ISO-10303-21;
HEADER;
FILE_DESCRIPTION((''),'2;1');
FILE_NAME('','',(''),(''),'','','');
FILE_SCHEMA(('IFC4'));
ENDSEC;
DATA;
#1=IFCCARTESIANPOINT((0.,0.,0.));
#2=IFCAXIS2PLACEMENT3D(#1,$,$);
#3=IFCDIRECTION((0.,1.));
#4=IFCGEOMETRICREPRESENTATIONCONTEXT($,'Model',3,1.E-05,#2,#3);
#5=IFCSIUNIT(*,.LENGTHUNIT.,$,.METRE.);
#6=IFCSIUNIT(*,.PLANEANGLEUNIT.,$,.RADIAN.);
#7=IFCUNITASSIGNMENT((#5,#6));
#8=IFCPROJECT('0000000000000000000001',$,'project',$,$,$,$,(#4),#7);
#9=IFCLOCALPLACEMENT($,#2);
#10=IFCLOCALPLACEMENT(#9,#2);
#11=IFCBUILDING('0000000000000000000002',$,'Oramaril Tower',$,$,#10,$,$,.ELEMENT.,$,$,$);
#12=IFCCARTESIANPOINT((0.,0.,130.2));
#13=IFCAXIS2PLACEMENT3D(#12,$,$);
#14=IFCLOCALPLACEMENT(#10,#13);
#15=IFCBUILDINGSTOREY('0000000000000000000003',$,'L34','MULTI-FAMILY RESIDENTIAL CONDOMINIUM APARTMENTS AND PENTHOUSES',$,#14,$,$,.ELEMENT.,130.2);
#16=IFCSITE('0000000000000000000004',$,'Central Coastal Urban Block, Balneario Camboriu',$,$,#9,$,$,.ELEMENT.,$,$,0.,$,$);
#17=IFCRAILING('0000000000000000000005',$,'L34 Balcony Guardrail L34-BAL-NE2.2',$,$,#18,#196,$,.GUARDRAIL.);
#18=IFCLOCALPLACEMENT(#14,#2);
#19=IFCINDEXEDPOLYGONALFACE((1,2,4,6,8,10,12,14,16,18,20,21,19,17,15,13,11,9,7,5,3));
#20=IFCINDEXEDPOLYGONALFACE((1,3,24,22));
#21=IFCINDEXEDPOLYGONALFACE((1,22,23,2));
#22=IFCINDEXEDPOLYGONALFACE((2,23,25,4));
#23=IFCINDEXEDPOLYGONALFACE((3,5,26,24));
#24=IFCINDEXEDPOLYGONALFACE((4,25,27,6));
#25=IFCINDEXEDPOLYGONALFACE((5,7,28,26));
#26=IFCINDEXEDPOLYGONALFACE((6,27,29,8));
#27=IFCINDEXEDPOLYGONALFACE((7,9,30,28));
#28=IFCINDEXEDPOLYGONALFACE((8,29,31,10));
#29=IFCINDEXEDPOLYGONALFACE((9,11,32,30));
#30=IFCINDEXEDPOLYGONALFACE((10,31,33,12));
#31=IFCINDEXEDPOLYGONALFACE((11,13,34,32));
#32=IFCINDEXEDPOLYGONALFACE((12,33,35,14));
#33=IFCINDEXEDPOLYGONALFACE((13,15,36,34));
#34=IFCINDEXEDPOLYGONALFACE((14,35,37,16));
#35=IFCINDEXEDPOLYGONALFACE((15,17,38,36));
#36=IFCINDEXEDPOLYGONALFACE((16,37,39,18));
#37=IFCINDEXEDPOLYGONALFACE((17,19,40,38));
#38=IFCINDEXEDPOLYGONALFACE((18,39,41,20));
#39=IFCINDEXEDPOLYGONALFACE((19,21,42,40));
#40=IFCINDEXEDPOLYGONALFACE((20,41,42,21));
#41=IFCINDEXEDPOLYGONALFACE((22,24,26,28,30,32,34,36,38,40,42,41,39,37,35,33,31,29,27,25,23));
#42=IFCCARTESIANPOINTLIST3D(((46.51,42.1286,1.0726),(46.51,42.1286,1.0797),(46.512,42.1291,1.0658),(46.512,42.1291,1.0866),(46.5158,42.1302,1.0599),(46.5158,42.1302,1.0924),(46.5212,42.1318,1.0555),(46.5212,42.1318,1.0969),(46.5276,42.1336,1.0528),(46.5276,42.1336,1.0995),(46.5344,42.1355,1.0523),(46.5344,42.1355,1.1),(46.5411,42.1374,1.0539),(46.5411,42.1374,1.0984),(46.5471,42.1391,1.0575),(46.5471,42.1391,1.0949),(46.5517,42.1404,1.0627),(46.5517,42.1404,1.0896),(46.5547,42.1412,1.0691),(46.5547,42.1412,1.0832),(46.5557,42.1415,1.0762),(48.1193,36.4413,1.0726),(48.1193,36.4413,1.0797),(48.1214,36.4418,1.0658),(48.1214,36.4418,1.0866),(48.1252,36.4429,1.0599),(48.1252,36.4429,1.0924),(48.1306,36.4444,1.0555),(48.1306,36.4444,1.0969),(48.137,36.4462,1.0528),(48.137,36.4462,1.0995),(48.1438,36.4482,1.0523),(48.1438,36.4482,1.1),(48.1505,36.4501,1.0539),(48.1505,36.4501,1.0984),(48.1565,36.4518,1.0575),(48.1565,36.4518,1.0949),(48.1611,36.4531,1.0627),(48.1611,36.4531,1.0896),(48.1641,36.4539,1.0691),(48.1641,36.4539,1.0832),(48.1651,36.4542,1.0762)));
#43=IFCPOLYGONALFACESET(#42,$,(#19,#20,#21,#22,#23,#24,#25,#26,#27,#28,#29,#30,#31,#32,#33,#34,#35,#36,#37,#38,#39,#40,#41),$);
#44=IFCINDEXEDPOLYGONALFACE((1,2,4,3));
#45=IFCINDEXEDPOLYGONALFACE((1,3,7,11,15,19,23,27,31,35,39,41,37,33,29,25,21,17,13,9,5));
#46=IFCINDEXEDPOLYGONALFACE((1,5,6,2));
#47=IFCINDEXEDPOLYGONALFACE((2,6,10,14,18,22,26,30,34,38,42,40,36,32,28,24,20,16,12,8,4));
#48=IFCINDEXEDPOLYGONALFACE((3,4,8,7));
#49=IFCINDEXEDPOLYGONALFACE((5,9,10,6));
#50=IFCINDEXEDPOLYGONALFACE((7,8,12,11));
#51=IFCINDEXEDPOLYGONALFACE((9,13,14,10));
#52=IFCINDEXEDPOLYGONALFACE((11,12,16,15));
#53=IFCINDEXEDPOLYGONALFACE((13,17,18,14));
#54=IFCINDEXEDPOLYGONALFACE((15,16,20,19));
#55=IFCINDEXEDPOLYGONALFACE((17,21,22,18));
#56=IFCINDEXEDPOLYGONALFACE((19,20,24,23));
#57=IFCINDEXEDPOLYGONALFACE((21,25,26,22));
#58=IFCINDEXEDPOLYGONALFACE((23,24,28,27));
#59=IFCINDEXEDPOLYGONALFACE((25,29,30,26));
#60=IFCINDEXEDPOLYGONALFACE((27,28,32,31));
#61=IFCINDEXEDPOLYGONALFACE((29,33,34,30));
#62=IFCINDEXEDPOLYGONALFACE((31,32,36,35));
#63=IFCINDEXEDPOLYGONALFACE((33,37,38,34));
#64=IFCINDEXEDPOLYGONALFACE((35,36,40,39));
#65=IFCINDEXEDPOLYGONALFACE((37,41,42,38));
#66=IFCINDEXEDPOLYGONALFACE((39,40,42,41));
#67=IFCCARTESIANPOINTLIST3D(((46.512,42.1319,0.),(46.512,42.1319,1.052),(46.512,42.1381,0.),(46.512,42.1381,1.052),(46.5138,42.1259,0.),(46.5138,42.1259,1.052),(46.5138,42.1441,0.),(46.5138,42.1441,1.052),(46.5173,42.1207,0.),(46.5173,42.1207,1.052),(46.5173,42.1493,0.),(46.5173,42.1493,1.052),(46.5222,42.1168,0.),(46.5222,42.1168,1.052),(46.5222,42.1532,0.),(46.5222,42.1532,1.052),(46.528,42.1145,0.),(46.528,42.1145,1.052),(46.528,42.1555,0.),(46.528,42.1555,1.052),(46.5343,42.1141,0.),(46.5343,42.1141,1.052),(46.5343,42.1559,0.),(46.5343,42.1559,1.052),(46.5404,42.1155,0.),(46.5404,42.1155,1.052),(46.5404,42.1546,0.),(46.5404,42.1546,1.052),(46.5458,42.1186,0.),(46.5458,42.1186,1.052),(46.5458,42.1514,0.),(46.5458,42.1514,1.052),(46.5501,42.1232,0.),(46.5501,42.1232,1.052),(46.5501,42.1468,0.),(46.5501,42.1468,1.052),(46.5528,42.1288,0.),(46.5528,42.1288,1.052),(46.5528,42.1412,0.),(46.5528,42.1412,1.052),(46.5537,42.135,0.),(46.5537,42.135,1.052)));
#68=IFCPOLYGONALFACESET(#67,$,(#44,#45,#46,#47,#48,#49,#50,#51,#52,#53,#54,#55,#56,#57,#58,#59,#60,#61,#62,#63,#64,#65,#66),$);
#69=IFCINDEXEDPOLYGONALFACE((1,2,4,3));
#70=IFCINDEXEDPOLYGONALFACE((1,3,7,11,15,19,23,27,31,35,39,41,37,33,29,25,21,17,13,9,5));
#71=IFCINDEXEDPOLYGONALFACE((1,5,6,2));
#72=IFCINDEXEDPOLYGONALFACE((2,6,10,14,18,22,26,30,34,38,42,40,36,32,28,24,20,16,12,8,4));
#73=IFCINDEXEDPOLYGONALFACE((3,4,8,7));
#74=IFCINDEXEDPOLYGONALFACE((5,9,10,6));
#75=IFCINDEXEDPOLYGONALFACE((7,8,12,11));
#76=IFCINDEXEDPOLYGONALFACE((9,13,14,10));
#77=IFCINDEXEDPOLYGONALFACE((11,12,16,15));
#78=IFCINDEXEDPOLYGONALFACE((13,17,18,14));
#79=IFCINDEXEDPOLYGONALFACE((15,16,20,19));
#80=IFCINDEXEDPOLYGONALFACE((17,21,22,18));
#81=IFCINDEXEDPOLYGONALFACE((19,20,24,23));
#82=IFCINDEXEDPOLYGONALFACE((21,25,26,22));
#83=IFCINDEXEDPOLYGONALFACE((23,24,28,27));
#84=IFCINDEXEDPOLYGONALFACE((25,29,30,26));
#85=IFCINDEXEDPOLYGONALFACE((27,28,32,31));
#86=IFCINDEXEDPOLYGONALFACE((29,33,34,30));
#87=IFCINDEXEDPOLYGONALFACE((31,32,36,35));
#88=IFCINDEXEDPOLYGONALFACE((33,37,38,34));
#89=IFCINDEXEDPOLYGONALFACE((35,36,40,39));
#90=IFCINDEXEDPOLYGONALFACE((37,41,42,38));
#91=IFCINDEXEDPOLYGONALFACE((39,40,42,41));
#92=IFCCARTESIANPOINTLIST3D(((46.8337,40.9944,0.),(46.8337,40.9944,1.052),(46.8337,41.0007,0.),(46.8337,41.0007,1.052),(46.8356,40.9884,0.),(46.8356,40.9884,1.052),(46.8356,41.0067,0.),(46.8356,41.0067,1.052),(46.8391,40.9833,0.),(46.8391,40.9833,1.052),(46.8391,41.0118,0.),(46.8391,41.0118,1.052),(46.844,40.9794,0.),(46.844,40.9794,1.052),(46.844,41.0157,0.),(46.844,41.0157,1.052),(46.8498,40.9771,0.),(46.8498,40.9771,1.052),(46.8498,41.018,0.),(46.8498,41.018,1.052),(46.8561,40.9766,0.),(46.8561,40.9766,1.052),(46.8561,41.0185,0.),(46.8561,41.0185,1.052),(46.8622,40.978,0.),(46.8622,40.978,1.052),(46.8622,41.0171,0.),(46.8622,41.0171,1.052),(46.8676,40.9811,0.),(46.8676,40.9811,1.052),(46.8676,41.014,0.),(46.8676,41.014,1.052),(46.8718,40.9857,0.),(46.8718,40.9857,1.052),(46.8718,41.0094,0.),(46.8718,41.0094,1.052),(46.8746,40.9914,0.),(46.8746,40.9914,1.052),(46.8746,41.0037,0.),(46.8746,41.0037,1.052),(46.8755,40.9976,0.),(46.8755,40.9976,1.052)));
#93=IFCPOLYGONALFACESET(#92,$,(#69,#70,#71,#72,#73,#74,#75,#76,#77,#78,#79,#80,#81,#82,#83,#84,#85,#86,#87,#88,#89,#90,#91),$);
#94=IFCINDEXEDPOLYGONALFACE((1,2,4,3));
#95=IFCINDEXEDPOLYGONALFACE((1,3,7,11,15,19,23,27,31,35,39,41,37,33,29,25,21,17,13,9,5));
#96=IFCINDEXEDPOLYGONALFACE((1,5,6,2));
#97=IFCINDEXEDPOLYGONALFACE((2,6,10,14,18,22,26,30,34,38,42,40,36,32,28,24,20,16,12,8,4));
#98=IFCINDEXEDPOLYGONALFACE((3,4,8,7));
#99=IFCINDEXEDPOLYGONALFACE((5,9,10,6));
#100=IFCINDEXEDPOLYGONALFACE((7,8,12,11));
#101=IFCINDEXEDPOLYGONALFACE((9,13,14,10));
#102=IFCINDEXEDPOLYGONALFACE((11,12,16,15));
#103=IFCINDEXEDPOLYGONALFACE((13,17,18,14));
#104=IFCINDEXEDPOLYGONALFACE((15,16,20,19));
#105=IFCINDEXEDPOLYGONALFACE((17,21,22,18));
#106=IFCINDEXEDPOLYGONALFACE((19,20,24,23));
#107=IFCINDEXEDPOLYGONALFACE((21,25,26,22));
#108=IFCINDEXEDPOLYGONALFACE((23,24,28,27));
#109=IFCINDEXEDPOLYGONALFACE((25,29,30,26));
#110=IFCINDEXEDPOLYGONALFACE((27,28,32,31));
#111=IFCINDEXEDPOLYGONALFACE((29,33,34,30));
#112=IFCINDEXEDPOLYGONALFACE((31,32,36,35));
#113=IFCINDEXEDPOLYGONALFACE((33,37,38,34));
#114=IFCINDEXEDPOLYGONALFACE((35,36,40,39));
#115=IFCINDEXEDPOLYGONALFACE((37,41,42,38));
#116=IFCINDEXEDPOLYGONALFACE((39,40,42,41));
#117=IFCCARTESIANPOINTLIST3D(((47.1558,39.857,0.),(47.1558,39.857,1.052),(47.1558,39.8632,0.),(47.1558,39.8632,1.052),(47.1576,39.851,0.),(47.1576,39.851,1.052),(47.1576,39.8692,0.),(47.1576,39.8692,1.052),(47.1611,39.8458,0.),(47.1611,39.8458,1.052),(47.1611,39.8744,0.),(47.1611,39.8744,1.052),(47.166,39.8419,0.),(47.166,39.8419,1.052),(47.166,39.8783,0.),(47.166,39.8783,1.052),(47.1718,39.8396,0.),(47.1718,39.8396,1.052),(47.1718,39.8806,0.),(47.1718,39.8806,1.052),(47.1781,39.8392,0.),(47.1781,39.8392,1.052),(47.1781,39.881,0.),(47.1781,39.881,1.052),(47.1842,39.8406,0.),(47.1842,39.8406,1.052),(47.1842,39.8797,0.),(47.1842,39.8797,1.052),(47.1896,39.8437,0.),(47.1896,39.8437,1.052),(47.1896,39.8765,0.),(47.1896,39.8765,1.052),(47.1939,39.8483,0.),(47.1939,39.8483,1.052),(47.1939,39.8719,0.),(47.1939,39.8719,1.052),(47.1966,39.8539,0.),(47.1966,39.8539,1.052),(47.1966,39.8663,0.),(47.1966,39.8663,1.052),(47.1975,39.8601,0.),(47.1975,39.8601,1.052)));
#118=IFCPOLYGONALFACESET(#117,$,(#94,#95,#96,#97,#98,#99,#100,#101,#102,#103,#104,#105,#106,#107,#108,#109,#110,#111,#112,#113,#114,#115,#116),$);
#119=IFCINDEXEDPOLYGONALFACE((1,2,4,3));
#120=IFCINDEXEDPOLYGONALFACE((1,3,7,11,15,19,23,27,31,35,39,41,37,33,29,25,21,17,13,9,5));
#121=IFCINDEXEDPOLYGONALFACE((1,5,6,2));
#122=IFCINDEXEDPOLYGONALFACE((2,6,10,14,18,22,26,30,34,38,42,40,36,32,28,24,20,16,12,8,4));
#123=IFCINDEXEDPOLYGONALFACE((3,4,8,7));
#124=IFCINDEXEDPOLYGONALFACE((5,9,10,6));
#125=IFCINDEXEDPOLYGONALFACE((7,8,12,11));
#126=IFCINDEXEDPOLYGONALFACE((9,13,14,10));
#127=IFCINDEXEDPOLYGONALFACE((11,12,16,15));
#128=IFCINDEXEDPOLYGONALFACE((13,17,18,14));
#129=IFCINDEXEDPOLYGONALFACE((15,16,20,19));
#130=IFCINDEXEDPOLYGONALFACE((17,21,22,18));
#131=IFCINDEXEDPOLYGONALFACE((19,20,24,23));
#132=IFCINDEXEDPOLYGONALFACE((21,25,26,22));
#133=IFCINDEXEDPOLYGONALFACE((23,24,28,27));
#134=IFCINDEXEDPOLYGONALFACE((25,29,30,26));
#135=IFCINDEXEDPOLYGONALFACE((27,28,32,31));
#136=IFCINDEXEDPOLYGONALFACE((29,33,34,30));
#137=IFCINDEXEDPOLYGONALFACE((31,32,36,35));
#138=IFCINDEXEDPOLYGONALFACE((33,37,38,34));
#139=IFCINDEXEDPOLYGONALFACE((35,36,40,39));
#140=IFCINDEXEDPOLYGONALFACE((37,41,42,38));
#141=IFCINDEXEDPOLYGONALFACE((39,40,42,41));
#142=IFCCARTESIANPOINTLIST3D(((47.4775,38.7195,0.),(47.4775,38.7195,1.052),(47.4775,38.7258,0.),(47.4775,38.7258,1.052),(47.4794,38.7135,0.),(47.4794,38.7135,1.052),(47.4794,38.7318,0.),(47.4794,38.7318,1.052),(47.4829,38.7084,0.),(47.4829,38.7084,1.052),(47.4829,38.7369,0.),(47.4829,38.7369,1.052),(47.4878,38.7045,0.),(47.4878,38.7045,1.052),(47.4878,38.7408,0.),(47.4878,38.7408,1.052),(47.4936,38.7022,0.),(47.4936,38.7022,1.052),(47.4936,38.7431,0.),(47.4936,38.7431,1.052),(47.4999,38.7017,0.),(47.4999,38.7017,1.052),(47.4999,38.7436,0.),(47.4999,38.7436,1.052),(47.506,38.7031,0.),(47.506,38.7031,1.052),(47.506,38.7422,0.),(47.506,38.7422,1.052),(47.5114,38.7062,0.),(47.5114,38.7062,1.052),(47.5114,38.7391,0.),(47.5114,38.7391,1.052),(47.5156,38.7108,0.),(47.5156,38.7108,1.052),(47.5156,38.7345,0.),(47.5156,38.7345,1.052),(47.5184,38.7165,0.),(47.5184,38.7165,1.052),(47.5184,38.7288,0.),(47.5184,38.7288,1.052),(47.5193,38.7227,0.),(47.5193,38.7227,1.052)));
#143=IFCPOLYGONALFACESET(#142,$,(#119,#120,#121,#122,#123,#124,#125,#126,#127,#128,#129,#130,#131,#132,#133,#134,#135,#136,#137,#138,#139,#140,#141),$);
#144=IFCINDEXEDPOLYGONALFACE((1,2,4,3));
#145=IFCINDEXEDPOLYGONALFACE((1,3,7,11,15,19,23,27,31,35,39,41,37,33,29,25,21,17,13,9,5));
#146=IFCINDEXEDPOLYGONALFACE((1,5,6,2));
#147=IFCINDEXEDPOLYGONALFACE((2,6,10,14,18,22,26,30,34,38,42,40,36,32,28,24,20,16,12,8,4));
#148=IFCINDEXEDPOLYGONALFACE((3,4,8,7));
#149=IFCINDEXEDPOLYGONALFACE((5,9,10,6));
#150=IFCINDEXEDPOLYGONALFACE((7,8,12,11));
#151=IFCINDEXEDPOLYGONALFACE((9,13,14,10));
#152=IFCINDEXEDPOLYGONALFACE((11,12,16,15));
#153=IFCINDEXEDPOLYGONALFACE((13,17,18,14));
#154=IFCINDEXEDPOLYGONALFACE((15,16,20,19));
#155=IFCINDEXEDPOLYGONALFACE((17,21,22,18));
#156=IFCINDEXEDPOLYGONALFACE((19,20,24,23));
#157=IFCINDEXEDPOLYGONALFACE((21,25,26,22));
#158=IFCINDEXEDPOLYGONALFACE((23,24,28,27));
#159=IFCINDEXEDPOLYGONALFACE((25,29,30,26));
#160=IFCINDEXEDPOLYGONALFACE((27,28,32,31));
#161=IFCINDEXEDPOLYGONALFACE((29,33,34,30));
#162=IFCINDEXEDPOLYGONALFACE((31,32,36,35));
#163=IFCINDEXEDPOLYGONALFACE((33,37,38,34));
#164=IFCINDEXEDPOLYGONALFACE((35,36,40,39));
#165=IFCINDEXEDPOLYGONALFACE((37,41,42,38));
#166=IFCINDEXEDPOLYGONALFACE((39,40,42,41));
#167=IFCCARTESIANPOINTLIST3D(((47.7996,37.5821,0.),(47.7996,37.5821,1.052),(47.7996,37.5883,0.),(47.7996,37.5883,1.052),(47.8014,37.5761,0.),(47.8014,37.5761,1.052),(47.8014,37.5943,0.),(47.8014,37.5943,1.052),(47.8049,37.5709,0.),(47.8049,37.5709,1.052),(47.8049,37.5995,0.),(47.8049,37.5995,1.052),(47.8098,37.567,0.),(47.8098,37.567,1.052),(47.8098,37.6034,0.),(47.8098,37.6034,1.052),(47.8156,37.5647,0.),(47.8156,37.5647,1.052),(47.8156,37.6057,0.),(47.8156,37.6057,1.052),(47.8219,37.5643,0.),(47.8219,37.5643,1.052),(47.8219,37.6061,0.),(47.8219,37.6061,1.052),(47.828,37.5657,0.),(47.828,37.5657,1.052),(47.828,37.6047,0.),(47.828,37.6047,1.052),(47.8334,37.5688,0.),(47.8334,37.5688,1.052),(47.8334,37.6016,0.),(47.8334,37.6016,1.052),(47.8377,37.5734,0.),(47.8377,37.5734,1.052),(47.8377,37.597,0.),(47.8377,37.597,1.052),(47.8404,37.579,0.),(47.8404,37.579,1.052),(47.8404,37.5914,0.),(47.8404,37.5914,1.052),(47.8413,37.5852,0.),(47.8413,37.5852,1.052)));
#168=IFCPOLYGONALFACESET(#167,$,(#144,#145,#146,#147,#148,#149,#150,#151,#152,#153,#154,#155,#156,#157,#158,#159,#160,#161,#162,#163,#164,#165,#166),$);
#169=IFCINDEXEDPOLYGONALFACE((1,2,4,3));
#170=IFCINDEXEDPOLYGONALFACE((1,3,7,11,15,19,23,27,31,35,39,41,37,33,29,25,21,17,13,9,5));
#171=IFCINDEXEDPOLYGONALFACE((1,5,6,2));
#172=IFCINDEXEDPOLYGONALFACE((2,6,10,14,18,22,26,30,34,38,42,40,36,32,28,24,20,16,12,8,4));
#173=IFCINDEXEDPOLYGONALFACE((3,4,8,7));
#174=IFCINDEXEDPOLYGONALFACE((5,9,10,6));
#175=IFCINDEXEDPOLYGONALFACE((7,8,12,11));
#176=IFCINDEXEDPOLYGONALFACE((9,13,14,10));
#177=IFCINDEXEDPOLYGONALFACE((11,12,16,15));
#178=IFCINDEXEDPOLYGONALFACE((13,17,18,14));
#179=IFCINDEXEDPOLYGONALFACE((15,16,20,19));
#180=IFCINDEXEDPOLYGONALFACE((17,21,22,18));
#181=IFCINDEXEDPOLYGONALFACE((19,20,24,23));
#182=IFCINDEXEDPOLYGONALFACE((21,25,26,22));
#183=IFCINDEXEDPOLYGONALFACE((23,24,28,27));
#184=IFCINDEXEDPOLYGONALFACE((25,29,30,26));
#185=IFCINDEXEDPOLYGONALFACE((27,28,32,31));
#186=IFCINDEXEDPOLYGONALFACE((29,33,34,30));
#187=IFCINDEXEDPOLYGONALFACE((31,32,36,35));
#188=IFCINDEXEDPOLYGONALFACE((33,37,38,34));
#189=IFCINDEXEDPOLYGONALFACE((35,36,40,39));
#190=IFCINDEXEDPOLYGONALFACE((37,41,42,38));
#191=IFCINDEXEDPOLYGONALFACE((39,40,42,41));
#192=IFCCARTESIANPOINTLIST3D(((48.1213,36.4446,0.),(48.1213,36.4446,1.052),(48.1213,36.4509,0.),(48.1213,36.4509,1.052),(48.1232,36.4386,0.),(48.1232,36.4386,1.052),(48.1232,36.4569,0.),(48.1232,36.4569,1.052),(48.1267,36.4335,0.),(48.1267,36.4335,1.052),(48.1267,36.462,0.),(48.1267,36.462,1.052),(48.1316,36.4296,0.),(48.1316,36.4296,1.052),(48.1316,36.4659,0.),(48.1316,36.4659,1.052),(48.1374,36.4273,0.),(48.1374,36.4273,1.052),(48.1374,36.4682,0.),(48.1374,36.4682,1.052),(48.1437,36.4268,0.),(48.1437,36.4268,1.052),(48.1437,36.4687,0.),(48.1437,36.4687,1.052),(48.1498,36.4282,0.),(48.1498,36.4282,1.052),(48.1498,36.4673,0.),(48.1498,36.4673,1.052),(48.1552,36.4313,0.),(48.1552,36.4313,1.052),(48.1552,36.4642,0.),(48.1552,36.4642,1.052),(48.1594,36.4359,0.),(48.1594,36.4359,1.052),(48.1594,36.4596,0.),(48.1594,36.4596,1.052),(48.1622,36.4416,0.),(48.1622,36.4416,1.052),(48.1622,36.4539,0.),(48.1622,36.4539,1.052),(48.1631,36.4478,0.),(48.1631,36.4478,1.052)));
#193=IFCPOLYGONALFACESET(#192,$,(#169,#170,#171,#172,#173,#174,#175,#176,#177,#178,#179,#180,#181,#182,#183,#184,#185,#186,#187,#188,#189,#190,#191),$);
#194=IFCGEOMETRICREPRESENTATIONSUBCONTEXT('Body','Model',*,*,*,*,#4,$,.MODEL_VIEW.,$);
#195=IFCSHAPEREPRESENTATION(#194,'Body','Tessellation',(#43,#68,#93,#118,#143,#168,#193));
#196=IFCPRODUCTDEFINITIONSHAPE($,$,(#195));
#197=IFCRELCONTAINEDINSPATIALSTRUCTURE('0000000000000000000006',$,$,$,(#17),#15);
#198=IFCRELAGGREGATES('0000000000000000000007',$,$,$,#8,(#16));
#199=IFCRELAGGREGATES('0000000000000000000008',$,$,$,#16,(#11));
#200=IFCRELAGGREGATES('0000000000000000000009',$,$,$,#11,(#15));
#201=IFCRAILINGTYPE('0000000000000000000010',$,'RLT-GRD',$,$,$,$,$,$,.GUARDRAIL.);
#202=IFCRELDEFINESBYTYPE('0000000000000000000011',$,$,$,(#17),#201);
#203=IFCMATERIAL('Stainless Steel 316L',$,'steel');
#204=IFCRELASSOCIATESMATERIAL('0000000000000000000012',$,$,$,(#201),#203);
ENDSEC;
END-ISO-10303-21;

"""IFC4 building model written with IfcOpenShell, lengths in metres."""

from ifc_helpers import new_model, si_unit, direction, frame, origin, origin_2d, place, context, subcontext, project, spatial, circle, extrude, material, type_object, element, save


model = new_model("IFC4")

# Units and contexts
model_context = context("Model", 3, precision=1e-05, world=origin(), true_north=direction((0.0, 1.0)))
body_context = subcontext(model_context, "Body", "Model", "MODEL_VIEW")
ifc_project = project(units=[si_unit("LENGTHUNIT", "METRE"), si_unit("PLANEANGLEUNIT", "RADIAN")], contexts=[model_context])

# Site, building, storey
site_placement = place(None, origin())
site = spatial("IfcSite", under=ifc_project, at=site_placement, Name="Central Coastal Urban Block, Balneario Camboriu", CompositionType="ELEMENT", RefElevation=0.0)
building_placement = place(site_placement, origin())
building = spatial("IfcBuilding", under=site, at=building_placement, Name="Oramaril Tower", CompositionType="ELEMENT")
storey_placement = place(building_placement, frame((0.0, 0.0, 130.2)))
storey = spatial("IfcBuildingStorey", under=building, at=storey_placement, Name="L34", Description="MULTI-FAMILY RESIDENTIAL CONDOMINIUM APARTMENTS AND PENTHOUSES", CompositionType="ELEMENT", Elevation=130.2)

# Railing
ifc_material_1 = material(Name="Stainless Steel 316L", Category="steel")
railing_type = type_object("IfcRailingType", Name="RLT-GRD", PredefinedType="GUARDRAIL", material=ifc_material_1)
railing_1_placement = place(storey_placement, frame((46.5327, 42.135, 0.0)))
element("IfcRailing", 1, at=railing_1_placement, inside=storey, type_object=railing_type, Name="L34 Balcony Guardrail L34-BAL-NE2.2", PredefinedType="GUARDRAIL", context=body_context, shape_type="SweptSolid", body=[
    extrude(circle(Radius=0.0239, at=origin_2d()), frame((0.0, 0.0, 1.0762), z_axis=(0.272287, -0.962216, 0.0), x_axis=(0.962216, 0.272287, 0.0)), (0.0, 0.0, 1.0), 5.9106),
    extrude(circle(Radius=0.021, at=origin_2d()), origin(), (0.0, 0.0, 1.0), 1.052),
    extrude(circle(Radius=0.021, at=origin_2d()), frame((0.3218, -1.1375, 0.0)), (0.0, 0.0, 1.0), 1.052),
    extrude(circle(Radius=0.021, at=origin_2d()), frame((0.6438, -2.2749, 0.0)), (0.0, 0.0, 1.0), 1.052),
    extrude(circle(Radius=0.021, at=origin_2d()), frame((0.9656, -3.4124, 0.0)), (0.0, 0.0, 1.0), 1.052),
    extrude(circle(Radius=0.021, at=origin_2d()), frame((1.2876, -4.5498, 0.0)), (0.0, 0.0, 1.0), 1.052),
    extrude(circle(Radius=0.021, at=origin_2d()), frame((1.6094, -5.6873, 0.0)), (0.0, 0.0, 1.0), 1.052),
])

save(model, "model.ifc")
